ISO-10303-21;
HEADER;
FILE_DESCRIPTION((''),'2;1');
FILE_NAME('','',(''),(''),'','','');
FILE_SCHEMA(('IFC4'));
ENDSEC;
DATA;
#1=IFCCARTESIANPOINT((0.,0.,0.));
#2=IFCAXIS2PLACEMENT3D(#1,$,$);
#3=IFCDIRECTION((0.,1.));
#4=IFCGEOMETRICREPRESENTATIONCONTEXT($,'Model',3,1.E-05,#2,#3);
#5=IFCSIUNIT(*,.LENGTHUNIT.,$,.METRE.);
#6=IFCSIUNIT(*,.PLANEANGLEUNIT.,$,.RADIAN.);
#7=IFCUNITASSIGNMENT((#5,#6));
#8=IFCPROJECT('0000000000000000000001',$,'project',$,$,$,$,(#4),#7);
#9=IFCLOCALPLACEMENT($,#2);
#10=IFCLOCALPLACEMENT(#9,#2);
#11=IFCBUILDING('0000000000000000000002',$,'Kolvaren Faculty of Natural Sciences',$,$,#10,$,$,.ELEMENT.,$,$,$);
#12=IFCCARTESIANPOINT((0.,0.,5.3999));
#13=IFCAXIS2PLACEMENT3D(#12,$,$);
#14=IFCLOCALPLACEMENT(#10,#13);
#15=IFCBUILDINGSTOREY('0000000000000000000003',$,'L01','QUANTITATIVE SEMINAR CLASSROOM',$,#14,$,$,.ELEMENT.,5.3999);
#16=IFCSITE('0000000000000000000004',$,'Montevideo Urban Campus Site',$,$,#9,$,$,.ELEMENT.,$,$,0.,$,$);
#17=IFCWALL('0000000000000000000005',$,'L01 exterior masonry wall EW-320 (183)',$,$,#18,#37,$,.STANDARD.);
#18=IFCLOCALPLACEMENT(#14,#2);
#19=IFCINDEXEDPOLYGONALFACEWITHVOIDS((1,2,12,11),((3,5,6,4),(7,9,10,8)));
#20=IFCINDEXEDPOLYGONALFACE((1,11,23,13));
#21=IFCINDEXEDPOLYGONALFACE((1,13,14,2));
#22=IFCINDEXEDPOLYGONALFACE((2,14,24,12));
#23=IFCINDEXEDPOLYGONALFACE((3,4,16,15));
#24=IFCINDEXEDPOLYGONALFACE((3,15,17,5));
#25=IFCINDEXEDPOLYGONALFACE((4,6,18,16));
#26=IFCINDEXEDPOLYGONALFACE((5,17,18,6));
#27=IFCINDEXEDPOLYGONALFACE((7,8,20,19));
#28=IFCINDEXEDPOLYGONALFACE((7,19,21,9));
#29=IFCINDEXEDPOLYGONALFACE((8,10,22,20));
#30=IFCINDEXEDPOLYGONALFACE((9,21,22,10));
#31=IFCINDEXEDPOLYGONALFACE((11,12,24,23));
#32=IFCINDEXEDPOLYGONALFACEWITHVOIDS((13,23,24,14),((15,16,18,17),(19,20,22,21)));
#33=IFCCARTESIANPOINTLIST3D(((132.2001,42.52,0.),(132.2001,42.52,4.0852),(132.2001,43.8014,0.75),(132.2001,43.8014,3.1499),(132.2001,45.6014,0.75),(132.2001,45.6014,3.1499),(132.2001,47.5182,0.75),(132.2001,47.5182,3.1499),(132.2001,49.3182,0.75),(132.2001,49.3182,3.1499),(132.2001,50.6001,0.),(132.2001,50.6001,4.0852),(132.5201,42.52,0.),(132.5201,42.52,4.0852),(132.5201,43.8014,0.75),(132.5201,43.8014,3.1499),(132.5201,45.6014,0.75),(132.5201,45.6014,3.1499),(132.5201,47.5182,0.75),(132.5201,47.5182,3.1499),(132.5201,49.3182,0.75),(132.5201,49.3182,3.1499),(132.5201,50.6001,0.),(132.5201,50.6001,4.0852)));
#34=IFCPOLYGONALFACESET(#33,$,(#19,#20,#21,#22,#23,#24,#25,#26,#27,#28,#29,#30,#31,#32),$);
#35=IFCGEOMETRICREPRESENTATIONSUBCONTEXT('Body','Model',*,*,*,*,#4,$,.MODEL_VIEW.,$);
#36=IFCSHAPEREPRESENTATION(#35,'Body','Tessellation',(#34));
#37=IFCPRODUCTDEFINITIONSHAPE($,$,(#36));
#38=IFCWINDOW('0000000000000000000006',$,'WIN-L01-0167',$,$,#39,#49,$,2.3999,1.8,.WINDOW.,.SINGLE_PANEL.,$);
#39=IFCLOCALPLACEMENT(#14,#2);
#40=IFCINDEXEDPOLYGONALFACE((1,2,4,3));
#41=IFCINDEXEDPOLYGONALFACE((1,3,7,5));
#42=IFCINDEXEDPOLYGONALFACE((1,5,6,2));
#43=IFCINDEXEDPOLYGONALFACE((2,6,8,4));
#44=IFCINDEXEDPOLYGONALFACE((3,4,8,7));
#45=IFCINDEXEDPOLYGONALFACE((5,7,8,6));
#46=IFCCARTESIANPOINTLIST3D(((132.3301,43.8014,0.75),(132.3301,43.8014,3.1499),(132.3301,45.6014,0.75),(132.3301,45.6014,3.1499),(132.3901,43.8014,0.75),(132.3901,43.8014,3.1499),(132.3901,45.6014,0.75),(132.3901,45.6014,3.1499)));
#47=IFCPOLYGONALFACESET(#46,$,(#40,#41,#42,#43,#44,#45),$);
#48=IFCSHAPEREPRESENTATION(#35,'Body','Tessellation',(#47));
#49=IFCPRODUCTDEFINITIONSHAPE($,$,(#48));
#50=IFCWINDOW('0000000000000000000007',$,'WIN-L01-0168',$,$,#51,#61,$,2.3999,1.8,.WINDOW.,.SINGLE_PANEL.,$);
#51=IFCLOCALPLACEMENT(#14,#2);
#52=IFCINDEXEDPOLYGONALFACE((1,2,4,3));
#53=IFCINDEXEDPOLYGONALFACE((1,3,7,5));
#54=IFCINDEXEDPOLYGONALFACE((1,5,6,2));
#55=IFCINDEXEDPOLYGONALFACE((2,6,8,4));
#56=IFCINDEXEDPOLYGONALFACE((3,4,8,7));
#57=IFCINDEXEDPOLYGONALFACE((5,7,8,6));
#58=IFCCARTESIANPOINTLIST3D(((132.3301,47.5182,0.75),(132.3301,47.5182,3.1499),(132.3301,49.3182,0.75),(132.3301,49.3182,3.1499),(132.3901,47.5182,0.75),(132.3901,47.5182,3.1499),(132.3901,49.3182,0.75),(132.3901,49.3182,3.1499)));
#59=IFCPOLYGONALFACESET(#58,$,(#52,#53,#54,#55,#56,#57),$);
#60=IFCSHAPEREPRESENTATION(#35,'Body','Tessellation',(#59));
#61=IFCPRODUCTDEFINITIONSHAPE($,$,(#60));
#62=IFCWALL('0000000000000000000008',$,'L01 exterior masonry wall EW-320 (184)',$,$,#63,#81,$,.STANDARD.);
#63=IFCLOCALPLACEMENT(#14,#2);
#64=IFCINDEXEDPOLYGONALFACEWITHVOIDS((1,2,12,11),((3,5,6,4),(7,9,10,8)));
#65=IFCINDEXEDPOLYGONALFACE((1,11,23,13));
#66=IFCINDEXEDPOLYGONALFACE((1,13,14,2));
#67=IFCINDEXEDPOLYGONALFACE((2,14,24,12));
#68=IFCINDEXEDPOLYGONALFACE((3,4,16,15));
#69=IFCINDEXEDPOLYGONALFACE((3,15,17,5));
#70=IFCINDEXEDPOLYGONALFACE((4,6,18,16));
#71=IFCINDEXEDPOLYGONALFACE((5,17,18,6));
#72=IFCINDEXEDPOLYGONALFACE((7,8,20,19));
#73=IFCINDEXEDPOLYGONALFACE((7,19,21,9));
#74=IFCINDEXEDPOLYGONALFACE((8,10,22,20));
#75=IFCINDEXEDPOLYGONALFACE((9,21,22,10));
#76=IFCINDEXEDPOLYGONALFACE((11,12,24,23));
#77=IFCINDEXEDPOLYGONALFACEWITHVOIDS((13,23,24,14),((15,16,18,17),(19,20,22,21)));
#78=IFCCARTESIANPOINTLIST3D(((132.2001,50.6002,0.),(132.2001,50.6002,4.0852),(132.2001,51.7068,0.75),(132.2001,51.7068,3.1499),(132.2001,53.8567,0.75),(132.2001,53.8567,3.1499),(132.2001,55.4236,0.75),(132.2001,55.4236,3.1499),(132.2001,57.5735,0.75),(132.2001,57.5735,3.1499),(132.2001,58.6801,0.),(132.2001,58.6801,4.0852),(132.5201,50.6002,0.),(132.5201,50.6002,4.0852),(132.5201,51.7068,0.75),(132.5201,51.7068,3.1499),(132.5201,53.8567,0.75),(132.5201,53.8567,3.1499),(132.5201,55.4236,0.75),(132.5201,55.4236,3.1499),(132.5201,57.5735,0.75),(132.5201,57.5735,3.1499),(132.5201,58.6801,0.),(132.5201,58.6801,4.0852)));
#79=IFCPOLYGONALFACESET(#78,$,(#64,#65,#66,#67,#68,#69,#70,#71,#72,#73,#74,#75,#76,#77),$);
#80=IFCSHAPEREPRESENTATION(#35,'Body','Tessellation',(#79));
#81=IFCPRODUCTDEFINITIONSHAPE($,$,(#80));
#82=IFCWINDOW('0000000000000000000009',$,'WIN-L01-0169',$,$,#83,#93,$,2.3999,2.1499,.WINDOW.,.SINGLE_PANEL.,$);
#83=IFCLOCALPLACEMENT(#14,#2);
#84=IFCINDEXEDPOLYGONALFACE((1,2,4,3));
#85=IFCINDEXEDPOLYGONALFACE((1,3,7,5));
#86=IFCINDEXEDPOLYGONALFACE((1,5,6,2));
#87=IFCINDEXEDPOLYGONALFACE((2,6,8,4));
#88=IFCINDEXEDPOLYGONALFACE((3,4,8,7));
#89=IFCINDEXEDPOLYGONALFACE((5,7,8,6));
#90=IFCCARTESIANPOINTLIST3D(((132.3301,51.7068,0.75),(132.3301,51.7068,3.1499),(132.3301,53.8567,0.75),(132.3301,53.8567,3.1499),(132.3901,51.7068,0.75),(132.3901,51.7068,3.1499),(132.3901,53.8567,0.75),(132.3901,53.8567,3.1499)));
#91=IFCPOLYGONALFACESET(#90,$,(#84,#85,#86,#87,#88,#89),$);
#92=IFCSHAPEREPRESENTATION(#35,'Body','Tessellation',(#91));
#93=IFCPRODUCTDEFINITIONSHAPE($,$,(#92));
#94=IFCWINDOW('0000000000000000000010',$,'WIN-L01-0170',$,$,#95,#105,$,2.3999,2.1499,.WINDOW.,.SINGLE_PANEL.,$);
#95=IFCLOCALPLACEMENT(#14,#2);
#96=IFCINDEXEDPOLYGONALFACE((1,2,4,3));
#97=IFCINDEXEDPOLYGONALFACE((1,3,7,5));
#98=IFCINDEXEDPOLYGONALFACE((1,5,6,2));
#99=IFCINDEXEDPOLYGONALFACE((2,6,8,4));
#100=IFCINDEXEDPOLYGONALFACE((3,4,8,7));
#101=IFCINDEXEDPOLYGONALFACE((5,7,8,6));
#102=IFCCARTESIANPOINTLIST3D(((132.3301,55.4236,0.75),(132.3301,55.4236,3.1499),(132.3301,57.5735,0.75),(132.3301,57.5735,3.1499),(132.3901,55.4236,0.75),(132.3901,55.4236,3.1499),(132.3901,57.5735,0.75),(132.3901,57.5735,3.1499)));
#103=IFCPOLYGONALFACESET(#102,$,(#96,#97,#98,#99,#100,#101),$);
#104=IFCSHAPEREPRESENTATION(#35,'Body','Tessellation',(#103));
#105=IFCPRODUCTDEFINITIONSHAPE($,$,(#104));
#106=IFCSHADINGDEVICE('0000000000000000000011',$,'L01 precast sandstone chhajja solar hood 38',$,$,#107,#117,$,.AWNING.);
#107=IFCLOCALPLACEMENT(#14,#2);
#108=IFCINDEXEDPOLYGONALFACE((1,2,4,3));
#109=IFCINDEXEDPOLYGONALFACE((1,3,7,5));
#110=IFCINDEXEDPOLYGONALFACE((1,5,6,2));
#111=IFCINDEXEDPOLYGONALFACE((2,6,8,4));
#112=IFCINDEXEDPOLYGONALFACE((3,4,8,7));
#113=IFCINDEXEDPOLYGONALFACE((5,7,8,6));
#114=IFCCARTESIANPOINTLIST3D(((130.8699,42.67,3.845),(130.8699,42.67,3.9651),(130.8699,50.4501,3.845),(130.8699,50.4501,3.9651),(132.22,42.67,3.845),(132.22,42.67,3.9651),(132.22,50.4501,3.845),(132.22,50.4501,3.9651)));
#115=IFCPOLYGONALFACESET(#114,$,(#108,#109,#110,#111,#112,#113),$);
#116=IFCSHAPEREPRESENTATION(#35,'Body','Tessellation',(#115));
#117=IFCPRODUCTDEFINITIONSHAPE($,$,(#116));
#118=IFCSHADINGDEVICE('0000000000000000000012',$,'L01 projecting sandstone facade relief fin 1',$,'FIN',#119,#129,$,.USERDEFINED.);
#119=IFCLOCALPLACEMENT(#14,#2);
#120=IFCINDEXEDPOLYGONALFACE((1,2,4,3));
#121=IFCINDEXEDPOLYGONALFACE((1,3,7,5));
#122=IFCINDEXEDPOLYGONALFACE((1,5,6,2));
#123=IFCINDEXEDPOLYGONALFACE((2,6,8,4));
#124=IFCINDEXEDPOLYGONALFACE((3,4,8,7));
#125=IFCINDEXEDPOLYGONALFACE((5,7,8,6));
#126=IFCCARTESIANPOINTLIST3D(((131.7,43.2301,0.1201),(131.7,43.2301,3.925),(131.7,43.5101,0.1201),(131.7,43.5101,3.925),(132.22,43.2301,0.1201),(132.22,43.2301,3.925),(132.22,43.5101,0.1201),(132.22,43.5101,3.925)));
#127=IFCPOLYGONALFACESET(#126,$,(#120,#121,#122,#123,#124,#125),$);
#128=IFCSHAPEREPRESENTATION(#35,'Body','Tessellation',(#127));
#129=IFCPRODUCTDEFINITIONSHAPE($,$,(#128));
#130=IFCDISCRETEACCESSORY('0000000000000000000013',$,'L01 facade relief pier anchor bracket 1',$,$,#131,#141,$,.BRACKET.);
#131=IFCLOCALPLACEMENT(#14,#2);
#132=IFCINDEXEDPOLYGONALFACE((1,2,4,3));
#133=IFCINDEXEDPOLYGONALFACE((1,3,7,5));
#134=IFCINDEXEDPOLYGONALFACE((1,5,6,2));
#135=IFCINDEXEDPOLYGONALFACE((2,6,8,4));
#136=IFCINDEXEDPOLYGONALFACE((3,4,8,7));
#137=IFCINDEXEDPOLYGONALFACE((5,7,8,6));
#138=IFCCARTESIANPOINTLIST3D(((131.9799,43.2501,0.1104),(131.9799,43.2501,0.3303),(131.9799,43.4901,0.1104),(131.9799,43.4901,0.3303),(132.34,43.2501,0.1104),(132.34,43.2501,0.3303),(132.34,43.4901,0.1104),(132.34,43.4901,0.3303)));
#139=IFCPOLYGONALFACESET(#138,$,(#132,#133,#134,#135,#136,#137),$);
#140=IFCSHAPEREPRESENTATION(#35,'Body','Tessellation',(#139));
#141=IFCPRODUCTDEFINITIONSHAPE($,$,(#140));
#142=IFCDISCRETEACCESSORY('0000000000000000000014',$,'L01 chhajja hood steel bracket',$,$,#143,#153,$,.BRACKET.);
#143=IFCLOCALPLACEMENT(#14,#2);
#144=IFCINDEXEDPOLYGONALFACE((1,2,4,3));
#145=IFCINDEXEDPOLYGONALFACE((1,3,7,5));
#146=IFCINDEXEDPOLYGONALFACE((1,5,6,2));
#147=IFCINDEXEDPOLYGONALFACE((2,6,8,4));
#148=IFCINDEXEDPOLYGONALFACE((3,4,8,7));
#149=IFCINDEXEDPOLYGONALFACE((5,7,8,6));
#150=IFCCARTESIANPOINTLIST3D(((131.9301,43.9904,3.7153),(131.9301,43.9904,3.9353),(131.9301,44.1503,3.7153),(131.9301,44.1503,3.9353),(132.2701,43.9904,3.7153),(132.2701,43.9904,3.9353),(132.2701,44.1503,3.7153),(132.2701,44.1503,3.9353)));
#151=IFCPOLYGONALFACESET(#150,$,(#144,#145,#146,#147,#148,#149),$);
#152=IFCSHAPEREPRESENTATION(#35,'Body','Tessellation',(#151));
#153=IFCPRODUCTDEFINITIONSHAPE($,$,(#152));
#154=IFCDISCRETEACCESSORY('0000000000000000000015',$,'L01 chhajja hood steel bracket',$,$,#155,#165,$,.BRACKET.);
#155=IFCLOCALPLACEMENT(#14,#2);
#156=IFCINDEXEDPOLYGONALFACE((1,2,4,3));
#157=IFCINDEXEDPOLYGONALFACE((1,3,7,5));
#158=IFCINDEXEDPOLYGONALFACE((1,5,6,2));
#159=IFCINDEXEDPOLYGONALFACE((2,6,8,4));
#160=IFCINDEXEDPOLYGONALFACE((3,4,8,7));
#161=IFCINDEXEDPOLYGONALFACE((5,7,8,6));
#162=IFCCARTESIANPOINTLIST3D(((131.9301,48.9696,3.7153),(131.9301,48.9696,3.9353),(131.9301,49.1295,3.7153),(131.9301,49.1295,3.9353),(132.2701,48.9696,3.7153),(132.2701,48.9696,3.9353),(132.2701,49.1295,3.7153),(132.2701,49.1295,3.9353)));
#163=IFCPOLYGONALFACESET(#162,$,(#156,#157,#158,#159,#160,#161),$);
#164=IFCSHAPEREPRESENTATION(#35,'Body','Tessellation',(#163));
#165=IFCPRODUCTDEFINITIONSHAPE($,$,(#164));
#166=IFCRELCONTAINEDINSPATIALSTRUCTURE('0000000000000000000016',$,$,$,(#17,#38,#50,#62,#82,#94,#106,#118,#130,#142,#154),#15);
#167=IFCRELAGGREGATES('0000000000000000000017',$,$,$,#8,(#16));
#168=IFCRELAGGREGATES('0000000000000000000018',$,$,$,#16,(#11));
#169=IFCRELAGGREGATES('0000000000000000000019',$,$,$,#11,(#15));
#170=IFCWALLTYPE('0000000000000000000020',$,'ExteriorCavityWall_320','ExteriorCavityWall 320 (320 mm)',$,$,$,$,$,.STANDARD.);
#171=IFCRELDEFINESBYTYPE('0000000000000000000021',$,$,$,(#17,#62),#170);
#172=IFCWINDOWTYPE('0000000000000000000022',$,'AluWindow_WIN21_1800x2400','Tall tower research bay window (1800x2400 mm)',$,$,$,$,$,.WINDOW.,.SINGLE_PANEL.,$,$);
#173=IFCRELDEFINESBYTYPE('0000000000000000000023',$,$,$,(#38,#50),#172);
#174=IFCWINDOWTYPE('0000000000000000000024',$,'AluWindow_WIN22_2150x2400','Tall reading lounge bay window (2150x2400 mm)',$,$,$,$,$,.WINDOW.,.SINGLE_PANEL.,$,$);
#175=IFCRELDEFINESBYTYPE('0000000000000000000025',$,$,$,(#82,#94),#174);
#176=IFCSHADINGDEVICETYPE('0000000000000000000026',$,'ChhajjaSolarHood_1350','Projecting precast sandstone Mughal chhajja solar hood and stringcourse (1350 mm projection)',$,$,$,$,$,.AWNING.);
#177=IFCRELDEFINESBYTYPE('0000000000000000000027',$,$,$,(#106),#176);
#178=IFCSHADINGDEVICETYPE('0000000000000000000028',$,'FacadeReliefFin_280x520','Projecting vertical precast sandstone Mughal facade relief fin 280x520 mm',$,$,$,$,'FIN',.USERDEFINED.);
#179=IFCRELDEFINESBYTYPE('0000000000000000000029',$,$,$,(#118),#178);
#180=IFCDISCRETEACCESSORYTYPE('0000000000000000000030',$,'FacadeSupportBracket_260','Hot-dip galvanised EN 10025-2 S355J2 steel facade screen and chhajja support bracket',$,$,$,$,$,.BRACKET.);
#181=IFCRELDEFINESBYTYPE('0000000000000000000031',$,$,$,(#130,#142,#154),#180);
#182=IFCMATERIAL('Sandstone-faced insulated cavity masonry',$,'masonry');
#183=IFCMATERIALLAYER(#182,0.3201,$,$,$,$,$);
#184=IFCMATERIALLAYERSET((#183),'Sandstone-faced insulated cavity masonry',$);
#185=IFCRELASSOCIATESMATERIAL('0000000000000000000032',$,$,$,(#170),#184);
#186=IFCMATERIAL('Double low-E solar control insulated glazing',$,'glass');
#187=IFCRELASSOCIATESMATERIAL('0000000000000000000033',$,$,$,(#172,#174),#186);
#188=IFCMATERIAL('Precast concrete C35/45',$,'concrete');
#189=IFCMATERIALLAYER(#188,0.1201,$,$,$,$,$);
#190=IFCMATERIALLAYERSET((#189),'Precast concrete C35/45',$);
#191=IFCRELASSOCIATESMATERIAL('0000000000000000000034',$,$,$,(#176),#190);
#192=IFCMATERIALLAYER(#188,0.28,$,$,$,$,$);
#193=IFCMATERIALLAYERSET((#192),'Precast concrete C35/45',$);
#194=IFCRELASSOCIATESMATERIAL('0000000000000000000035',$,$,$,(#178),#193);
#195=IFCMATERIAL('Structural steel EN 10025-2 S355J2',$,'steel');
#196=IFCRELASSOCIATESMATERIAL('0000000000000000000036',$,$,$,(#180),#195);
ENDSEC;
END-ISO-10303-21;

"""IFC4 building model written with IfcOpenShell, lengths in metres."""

from ifc_helpers import new_model, si_unit, direction, frame, frame_2d, origin, origin_2d, place, context, subcontext, project, spatial, rectangle, extrude, material, layer, layer_set, type_object, element, fill, save


model = new_model("IFC4")

# Units and contexts
model_context = context("Model", 3, precision=1e-05, world=origin(), true_north=direction((0.0, 1.0)))
body_context = subcontext(model_context, "Body", "Model", "MODEL_VIEW")
ifc_project = project(units=[si_unit("LENGTHUNIT", "METRE"), si_unit("PLANEANGLEUNIT", "RADIAN")], contexts=[model_context])

# Site, building, storey
site_placement = place(None, origin())
site = spatial("IfcSite", under=ifc_project, at=site_placement, Name="Montevideo Urban Campus Site", CompositionType="ELEMENT", RefElevation=0.0)
building_placement = place(site_placement, origin())
building = spatial("IfcBuilding", under=site, at=building_placement, Name="Kolvaren Faculty of Natural Sciences", CompositionType="ELEMENT")
storey_placement = place(building_placement, frame((0.0, 0.0, 5.3999)))
storey = spatial("IfcBuildingStorey", under=building, at=storey_placement, Name="L01", Description="QUANTITATIVE SEMINAR CLASSROOM", CompositionType="ELEMENT", Elevation=5.3999)

# Shared definitions
ifc_material_1 = material(Name="Double low-E solar control insulated glazing", Category="glass")

# Walls, openings, windows
ifc_material_2 = material(Name="Sandstone-faced insulated cavity masonry", Category="masonry")
ifc_layer_1 = layer(ifc_material_2, 0.3201)
ifc_layer_set_1 = layer_set([ifc_layer_1], Name="Sandstone-faced insulated cavity masonry")
wall_type_1 = type_object("IfcWallType", Name="ExteriorCavityWall_320", Description="ExteriorCavityWall 320 (320 mm)", PredefinedType="STANDARD", material=ifc_layer_set_1)
wall_1_placement = place(storey_placement, frame((132.3601, 42.52, 0.0), z_axis=(0.0, 0.0, 1.0), x_axis=(0.0, 1.0, 0.0)))
wall_1 = element("IfcWall", 1, at=wall_1_placement, inside=storey, type_object=wall_type_1, Name="L01 exterior masonry wall EW-320 (183)", PredefinedType="STANDARD", context=body_context, shape_type="SweptSolid", body=[
    extrude(rectangle(XDim=8.0801, YDim=0.3201, at=frame_2d((4.04, 0.0))), origin(), (0.0, 0.0, 1.0), 4.0852),
])
opening_1_placement = place(wall_1_placement, frame((1.2815, 0.0, 0.75)))
opening_1 = element("IfcOpeningElement", 2, at=opening_1_placement, cuts=wall_1, PredefinedType="OPENING", context=body_context, shape_type="SweptSolid", body=[
    extrude(rectangle(XDim=1.8, YDim=2.3999, at=frame_2d((0.8999, 1.2))), frame((0.0, 0.1699, 0.0), z_axis=(0.0, -1.0, 0.0), x_axis=(1.0, 0.0, 0.0)), (0.0, 0.0, 1.0), 0.3401),
])
opening_2_placement = place(wall_1_placement, frame((4.9983, 0.0, 0.75)))
opening_2 = element("IfcOpeningElement", 3, at=opening_2_placement, cuts=wall_1, PredefinedType="OPENING", context=body_context, shape_type="SweptSolid", body=[
    extrude(rectangle(XDim=1.8, YDim=2.3999, at=frame_2d((0.8999, 1.2))), frame((0.0, 0.1699, 0.0), z_axis=(0.0, -1.0, 0.0), x_axis=(1.0, 0.0, 0.0)), (0.0, 0.0, 1.0), 0.3401),
])
window_type_1 = type_object("IfcWindowType", Name="AluWindow_WIN21_1800x2400", Description="Tall tower research bay window (1800x2400 mm)", PartitioningType="SINGLE_PANEL", PredefinedType="WINDOW", material=ifc_material_1)
window_1_placement = place(opening_1_placement, origin())
window_1 = element("IfcWindow", 4, at=window_1_placement, inside=storey, type_object=window_type_1, Name="WIN-L01-0167", OverallHeight=2.3999, OverallWidth=1.8, PartitioningType="SINGLE_PANEL", PredefinedType="WINDOW", context=body_context, shape_type="SweptSolid", body=[
    extrude(rectangle(XDim=1.8, YDim=2.3999, at=frame_2d((0.8999, 1.2))), frame((0.0, 0.03, 0.0), z_axis=(0.0, -1.0, 0.0), x_axis=(1.0, 0.0, 0.0)), (0.0, 0.0, 1.0), 0.0601),
])
fill(opening_1, window_1)
window_2_placement = place(opening_2_placement, origin())
window_2 = element("IfcWindow", 5, at=window_2_placement, inside=storey, type_object=window_type_1, Name="WIN-L01-0168", OverallHeight=2.3999, OverallWidth=1.8, PartitioningType="SINGLE_PANEL", PredefinedType="WINDOW", context=body_context, shape_type="SweptSolid", body=[
    extrude(rectangle(XDim=1.8, YDim=2.3999, at=frame_2d((0.8999, 1.2))), frame((0.0, 0.03, 0.0), z_axis=(0.0, -1.0, 0.0), x_axis=(1.0, 0.0, 0.0)), (0.0, 0.0, 1.0), 0.0601),
])
fill(opening_2, window_2)
wall_2_placement = place(storey_placement, frame((132.3601, 50.6001, 0.0), z_axis=(0.0, 0.0, 1.0), x_axis=(0.0, 1.0, 0.0)))
wall_2 = element("IfcWall", 6, at=wall_2_placement, inside=storey, type_object=wall_type_1, Name="L01 exterior masonry wall EW-320 (184)", PredefinedType="STANDARD", context=body_context, shape_type="SweptSolid", body=[
    extrude(rectangle(XDim=8.0798, YDim=0.3201, at=frame_2d((4.04, 0.0))), origin(), (0.0, 0.0, 1.0), 4.0852),
])
opening_3_placement = place(wall_2_placement, frame((1.1067, 0.0, 0.75)))
opening_3 = element("IfcOpeningElement", 7, at=opening_3_placement, cuts=wall_2, PredefinedType="OPENING", context=body_context, shape_type="SweptSolid", body=[
    extrude(rectangle(XDim=2.1499, YDim=2.3999, at=frame_2d((1.075, 1.2))), frame((0.0, 0.1699, 0.0), z_axis=(0.0, -1.0, 0.0), x_axis=(1.0, 0.0, 0.0)), (0.0, 0.0, 1.0), 0.3401),
])
opening_4_placement = place(wall_2_placement, frame((4.8235, 0.0, 0.75)))
opening_4 = element("IfcOpeningElement", 8, at=opening_4_placement, cuts=wall_2, PredefinedType="OPENING", context=body_context, shape_type="SweptSolid", body=[
    extrude(rectangle(XDim=2.1499, YDim=2.3999, at=frame_2d((1.075, 1.2))), frame((0.0, 0.1699, 0.0), z_axis=(0.0, -1.0, 0.0), x_axis=(1.0, 0.0, 0.0)), (0.0, 0.0, 1.0), 0.3401),
])
window_type_2 = type_object("IfcWindowType", Name="AluWindow_WIN22_2150x2400", Description="Tall reading lounge bay window (2150x2400 mm)", PartitioningType="SINGLE_PANEL", PredefinedType="WINDOW", material=ifc_material_1)
window_3_placement = place(opening_3_placement, origin())
window_3 = element("IfcWindow", 9, at=window_3_placement, inside=storey, type_object=window_type_2, Name="WIN-L01-0169", OverallHeight=2.3999, OverallWidth=2.1499, PartitioningType="SINGLE_PANEL", PredefinedType="WINDOW", context=body_context, shape_type="SweptSolid", body=[
    extrude(rectangle(XDim=2.1499, YDim=2.3999, at=frame_2d((1.075, 1.2))), frame((0.0, 0.03, 0.0), z_axis=(0.0, -1.0, 0.0), x_axis=(1.0, 0.0, 0.0)), (0.0, 0.0, 1.0), 0.0601),
])
fill(opening_3, window_3)
window_4_placement = place(opening_4_placement, origin())
window_4 = element("IfcWindow", 10, at=window_4_placement, inside=storey, type_object=window_type_2, Name="WIN-L01-0170", OverallHeight=2.3999, OverallWidth=2.1499, PartitioningType="SINGLE_PANEL", PredefinedType="WINDOW", context=body_context, shape_type="SweptSolid", body=[
    extrude(rectangle(XDim=2.1499, YDim=2.3999, at=frame_2d((1.075, 1.2))), frame((0.0, 0.03, 0.0), z_axis=(0.0, -1.0, 0.0), x_axis=(1.0, 0.0, 0.0)), (0.0, 0.0, 1.0), 0.0601),
])
fill(opening_4, window_4)

# Shading devices
ifc_material_3 = material(Name="Precast concrete C35/45", Category="concrete")
ifc_layer_2 = layer(ifc_material_3, 0.1201)
ifc_layer_set_2 = layer_set([ifc_layer_2], Name="Precast concrete C35/45")
shading_device_type_1 = type_object("IfcShadingDeviceType", Name="ChhajjaSolarHood_1350", Description="Projecting precast sandstone Mughal chhajja solar hood and stringcourse (1350 mm projection)", PredefinedType="AWNING", material=ifc_layer_set_2)
shading_device_1_placement = place(storey_placement, frame((131.5449, 46.5601, 3.845), z_axis=(0.0, 0.0, 1.0), x_axis=(0.0, 1.0, 0.0)))
element("IfcShadingDevice", 11, at=shading_device_1_placement, inside=storey, type_object=shading_device_type_1, Name="L01 precast sandstone chhajja solar hood 38", PredefinedType="AWNING", context=body_context, shape_type="SweptSolid", body=[
    extrude(rectangle(XDim=7.78, YDim=1.3501, at=origin_2d()), origin(), (0.0, 0.0, 1.0), 0.1201),
])
ifc_layer_3 = layer(ifc_material_3, 0.28)
ifc_layer_set_3 = layer_set([ifc_layer_3], Name="Precast concrete C35/45")
shading_device_type_2 = type_object("IfcShadingDeviceType", Name="FacadeReliefFin_280x520", Description="Projecting vertical precast sandstone Mughal facade relief fin 280x520 mm", ElementType="FIN", PredefinedType="USERDEFINED", material=ifc_layer_set_3)
shading_device_2_placement = place(storey_placement, frame((131.96, 43.3701, 0.1201), z_axis=(0.0, 0.0, 1.0), x_axis=(0.0, 1.0, 0.0)))
element("IfcShadingDevice", 12, at=shading_device_2_placement, inside=storey, type_object=shading_device_type_2, Name="L01 projecting sandstone facade relief fin 1", ObjectType="FIN", PredefinedType="USERDEFINED", context=body_context, shape_type="SweptSolid", body=[
    extrude(rectangle(XDim=0.28, YDim=0.52, at=origin_2d()), origin(), (0.0, 0.0, 1.0), 3.8049),
])

# Discrete accessories
ifc_material_4 = material(Name="Structural steel EN 10025-2 S355J2", Category="steel")
discrete_accessory_type = type_object("IfcDiscreteAccessoryType", Name="FacadeSupportBracket_260", Description="Hot-dip galvanised EN 10025-2 S355J2 steel facade screen and chhajja support bracket", PredefinedType="BRACKET", material=ifc_material_4)
discrete_accessory_placement = place(storey_placement, frame((132.1599, 43.3701, 0.1104), z_axis=(0.0, 0.0, 1.0), x_axis=(0.0, 1.0, 0.0)))
element("IfcDiscreteAccessory", 13, at=discrete_accessory_placement, inside=storey, type_object=discrete_accessory_type, Name="L01 facade relief pier anchor bracket 1", PredefinedType="BRACKET", context=body_context, shape_type="SweptSolid", body=[
    extrude(rectangle(XDim=0.24, YDim=0.3601, at=origin_2d()), origin(), (0.0, 0.0, 1.0), 0.22),
])
for number, where, z_axis, x_axis, name in (
    (14, (132.1001, 44.0703, 3.7153), (0.0, 0.0, 1.0), (0.0, 1.0, 0.0), "L01 chhajja hood steel bracket"),
    (15, (132.1001, 49.0496, 3.7153), (0.0, 0.0, 1.0), (0.0, 1.0, 0.0), "L01 chhajja hood steel bracket"),
):
    element("IfcDiscreteAccessory", number, at=place(storey_placement, frame(where, z_axis=z_axis, x_axis=x_axis)), inside=storey, type_object=discrete_accessory_type, Name=name, PredefinedType="BRACKET", context=body_context, shape_type="SweptSolid", body=[
        extrude(rectangle(XDim=0.1599, YDim=0.3401, at=origin_2d()), origin(), (0.0, 0.0, 1.0), 0.22),
    ])

save(model, "model.ifc")
